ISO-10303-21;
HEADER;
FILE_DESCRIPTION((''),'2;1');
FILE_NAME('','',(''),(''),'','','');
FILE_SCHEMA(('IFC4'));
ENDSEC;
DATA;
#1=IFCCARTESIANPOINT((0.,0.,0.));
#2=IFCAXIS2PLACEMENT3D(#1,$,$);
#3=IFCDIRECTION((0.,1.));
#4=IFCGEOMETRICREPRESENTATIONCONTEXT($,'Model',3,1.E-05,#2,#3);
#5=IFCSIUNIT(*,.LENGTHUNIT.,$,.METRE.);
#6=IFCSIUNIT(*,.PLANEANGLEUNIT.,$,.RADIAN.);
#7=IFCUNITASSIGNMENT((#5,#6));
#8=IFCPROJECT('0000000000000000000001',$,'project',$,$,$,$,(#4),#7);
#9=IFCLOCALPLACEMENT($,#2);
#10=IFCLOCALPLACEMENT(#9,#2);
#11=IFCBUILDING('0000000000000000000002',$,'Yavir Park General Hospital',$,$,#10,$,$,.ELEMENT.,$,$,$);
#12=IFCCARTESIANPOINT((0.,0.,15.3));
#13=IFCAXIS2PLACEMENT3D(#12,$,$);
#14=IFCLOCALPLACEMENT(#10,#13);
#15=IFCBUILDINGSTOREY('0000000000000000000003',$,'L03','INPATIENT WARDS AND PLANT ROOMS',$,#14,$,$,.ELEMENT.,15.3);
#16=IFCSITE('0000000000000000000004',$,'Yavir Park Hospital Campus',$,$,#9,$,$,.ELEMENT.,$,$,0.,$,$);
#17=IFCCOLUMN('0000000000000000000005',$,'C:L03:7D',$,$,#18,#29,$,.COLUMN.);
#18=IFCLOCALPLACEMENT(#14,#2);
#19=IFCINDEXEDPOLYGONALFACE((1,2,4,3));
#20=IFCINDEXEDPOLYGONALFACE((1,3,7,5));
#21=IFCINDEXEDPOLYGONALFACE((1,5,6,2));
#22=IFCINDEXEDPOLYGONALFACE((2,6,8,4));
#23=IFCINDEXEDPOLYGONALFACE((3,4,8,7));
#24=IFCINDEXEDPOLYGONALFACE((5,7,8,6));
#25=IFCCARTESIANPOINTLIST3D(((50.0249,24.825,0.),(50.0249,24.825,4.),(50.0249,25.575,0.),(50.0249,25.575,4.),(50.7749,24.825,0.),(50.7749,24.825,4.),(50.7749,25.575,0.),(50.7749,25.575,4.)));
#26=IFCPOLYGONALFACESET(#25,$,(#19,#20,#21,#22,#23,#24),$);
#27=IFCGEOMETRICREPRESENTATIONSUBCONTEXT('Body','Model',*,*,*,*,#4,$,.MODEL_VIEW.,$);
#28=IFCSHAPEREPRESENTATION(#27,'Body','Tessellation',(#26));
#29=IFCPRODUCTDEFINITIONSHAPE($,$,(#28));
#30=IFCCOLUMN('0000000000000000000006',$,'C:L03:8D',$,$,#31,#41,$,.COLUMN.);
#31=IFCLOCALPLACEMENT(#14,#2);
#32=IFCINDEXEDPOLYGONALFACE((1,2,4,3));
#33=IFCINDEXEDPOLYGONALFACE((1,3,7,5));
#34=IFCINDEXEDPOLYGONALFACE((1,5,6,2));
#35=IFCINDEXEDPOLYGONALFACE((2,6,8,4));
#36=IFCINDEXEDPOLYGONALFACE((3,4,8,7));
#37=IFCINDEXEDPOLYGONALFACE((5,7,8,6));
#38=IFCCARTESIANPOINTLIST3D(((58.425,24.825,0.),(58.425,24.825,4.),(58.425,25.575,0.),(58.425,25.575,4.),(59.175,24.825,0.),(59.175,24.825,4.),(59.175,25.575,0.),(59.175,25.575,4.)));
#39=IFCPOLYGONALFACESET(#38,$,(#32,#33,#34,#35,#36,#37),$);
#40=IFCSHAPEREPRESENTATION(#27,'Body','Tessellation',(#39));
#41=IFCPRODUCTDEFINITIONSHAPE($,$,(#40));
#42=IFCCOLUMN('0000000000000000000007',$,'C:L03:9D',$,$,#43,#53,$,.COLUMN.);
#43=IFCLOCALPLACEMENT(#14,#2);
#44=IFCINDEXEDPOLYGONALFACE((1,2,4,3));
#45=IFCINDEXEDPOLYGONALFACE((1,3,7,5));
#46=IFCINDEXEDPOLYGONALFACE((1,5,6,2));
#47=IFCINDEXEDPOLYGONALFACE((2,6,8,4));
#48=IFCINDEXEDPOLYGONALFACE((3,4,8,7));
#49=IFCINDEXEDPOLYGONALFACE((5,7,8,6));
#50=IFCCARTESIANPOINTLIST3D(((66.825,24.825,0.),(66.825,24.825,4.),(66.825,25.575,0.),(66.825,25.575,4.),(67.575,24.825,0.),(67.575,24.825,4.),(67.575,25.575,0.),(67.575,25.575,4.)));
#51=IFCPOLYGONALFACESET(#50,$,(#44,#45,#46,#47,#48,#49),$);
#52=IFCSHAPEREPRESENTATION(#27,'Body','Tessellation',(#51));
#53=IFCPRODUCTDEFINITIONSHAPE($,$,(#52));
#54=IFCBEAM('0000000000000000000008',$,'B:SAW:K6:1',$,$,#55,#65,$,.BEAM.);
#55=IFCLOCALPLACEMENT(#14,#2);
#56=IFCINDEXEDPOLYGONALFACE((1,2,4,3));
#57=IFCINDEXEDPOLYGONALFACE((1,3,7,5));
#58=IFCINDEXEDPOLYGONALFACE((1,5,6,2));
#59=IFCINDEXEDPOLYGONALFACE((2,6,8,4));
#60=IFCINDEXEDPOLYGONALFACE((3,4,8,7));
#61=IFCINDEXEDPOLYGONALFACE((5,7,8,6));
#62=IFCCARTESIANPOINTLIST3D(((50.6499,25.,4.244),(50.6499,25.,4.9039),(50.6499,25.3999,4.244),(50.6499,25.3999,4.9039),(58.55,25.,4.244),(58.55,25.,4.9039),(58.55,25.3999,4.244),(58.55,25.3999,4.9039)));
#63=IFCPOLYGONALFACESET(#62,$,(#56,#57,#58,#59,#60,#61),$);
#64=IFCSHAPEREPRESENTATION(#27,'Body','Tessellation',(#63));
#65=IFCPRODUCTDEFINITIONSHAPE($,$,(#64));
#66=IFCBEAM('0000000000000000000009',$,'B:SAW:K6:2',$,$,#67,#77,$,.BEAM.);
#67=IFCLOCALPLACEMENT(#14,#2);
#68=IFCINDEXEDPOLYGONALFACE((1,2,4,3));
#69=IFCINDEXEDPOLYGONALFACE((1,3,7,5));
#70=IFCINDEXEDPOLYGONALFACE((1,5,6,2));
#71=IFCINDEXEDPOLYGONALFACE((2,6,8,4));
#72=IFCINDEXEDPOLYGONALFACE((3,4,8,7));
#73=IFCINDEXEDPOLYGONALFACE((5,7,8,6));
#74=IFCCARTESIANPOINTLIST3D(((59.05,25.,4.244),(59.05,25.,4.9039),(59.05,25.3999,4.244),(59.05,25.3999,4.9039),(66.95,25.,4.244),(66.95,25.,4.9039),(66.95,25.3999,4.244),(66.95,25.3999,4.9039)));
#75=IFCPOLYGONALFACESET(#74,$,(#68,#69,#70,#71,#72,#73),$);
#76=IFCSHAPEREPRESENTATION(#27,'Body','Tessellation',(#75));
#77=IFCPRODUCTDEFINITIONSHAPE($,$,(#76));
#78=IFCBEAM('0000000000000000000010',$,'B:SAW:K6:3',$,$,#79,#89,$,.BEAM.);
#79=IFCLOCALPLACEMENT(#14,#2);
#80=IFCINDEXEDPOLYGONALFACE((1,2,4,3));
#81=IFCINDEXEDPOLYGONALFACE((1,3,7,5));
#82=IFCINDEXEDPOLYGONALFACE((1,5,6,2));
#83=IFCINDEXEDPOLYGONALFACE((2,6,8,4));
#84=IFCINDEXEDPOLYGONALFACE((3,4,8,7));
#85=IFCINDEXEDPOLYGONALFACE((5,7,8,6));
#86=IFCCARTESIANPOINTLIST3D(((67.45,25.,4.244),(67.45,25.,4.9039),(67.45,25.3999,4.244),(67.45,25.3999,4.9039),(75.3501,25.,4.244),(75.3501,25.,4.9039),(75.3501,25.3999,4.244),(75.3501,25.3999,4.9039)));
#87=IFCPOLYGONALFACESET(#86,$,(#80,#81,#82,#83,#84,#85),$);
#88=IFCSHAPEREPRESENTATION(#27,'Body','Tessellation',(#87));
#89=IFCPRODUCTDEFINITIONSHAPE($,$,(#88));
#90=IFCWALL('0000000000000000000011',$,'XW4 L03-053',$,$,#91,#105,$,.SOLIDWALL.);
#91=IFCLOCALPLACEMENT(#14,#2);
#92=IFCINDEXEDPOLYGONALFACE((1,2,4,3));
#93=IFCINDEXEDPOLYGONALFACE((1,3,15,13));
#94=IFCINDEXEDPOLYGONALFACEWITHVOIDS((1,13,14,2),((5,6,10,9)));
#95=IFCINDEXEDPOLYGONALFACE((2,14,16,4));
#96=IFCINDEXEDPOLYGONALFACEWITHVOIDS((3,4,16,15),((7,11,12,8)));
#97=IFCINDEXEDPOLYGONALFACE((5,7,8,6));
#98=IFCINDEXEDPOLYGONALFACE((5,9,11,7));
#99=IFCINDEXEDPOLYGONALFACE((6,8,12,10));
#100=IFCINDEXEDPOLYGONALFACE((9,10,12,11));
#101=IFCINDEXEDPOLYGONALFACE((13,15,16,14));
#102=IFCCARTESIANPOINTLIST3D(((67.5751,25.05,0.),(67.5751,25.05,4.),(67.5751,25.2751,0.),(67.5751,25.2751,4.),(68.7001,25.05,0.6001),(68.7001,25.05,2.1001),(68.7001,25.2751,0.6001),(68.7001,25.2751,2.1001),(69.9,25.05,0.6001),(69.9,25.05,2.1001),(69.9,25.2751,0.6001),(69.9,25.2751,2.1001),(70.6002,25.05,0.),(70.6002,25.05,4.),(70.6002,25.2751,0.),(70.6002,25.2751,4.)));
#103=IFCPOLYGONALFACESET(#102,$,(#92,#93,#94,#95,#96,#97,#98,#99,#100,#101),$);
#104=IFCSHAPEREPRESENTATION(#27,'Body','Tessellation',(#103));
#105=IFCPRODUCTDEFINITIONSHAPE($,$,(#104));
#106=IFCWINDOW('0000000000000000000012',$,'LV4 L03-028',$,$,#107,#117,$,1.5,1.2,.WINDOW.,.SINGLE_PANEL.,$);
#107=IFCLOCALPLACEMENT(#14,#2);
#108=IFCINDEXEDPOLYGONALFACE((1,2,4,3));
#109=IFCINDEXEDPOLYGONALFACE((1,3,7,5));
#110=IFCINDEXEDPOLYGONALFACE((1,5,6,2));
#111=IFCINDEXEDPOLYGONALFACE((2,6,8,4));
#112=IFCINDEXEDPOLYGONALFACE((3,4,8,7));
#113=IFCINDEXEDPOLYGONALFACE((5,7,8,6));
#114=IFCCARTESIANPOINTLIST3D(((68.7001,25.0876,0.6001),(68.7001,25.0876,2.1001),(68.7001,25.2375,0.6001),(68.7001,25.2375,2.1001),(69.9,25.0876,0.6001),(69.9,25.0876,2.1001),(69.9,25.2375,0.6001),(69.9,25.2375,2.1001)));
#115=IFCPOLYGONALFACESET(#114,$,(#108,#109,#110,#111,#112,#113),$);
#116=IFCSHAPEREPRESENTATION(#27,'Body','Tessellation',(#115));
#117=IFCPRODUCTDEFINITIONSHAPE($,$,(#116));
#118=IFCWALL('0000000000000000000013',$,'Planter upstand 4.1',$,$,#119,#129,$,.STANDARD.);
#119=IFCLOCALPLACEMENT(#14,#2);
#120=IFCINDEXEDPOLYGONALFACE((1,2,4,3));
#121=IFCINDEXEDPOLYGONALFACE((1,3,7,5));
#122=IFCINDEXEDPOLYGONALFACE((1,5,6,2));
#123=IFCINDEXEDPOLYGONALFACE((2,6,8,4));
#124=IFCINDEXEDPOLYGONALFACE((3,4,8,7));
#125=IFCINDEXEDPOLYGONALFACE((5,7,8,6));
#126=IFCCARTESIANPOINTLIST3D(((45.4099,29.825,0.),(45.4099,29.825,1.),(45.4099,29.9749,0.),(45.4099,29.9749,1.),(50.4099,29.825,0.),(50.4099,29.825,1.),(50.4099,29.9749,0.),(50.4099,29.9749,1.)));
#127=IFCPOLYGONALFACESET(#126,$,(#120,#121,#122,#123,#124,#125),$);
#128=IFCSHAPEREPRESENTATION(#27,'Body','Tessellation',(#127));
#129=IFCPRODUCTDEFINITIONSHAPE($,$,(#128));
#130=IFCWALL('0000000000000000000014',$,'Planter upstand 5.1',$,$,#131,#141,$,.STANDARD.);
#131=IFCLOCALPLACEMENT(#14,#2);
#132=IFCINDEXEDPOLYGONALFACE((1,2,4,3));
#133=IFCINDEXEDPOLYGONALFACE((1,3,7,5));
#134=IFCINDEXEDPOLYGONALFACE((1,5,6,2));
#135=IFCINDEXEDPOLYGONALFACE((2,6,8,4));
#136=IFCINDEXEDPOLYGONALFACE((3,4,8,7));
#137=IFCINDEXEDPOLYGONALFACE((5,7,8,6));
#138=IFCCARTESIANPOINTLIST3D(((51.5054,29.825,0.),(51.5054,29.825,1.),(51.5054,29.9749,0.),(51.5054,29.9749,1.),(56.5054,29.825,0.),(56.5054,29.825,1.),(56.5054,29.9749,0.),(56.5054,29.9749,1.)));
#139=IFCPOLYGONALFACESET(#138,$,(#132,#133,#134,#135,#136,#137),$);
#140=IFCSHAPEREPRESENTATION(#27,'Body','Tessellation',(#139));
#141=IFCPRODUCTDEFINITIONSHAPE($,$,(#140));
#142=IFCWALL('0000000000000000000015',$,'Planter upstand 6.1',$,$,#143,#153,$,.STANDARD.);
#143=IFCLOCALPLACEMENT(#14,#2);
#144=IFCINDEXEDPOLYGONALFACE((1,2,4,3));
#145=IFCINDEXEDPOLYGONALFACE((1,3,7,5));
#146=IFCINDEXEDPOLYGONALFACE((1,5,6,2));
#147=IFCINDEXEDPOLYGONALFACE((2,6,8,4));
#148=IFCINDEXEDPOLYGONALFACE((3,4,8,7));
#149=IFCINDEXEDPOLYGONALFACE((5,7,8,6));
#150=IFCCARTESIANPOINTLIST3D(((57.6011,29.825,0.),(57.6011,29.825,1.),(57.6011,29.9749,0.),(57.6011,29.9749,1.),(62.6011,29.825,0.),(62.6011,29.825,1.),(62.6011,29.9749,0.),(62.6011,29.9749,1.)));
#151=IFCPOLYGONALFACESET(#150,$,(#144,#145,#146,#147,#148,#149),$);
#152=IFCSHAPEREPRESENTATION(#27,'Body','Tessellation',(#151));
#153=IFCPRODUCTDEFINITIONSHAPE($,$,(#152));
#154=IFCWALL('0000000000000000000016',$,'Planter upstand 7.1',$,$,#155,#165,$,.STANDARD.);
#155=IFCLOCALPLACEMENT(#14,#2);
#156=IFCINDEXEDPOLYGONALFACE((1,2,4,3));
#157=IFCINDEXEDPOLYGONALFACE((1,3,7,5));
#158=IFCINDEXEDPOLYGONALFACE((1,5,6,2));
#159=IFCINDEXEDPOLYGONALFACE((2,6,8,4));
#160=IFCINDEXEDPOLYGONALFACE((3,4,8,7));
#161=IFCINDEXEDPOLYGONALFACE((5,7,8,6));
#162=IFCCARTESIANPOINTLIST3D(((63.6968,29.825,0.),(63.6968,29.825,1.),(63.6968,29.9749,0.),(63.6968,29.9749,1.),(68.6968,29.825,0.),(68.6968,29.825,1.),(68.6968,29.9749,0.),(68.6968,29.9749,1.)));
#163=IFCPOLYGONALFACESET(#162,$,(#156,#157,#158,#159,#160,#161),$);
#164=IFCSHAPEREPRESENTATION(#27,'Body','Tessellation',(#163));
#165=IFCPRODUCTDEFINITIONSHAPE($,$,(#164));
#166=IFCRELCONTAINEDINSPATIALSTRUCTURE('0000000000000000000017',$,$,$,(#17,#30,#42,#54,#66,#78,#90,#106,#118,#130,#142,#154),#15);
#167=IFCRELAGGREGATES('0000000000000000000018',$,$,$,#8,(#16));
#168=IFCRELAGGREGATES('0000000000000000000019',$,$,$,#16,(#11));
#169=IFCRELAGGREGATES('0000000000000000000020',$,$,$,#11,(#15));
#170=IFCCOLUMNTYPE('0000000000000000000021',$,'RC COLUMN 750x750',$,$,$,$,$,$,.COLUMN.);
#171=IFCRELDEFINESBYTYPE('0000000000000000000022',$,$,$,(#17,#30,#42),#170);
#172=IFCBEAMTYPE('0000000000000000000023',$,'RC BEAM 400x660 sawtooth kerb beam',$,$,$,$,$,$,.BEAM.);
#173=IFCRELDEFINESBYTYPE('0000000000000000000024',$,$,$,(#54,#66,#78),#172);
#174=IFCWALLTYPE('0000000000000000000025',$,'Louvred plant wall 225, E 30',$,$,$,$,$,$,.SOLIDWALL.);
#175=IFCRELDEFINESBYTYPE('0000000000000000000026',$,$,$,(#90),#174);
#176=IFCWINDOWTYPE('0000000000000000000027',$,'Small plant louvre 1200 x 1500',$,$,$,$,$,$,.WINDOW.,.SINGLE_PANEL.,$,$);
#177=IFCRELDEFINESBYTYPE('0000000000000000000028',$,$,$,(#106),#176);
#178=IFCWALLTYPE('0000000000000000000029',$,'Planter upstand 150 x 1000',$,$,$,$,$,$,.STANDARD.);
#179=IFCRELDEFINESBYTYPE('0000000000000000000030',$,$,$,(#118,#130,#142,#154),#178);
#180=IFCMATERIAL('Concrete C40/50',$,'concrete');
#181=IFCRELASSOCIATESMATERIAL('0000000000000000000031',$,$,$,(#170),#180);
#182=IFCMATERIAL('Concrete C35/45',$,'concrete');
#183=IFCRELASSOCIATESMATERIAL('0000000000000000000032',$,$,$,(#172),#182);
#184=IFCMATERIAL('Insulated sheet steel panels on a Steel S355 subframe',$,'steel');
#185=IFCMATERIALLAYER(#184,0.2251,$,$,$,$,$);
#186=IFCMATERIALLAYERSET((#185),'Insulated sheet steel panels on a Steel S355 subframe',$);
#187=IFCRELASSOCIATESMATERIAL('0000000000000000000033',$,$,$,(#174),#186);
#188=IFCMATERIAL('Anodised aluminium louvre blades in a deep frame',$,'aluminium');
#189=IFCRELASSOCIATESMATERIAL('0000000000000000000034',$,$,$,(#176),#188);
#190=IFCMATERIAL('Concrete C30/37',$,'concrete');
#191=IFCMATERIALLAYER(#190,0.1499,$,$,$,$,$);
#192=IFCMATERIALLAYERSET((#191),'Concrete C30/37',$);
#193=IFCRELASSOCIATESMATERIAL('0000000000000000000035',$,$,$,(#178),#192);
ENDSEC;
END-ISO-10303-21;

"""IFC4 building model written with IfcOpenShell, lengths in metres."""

from ifc_helpers import new_model, si_unit, direction, frame, frame_2d, origin, origin_2d, place, context, subcontext, project, spatial, rectangle, extrude, material, layer, layer_set, material_profile, profile_set, type_object, element, fill, save


model = new_model("IFC4")

# Units and contexts
model_context = context("Model", 3, precision=1e-05, world=origin(), true_north=direction((0.0, 1.0)))
body_context = subcontext(model_context, "Body", "Model", "MODEL_VIEW")
ifc_project = project(units=[si_unit("LENGTHUNIT", "METRE"), si_unit("PLANEANGLEUNIT", "RADIAN")], contexts=[model_context])

# Site, building, storey
site_placement = place(None, origin())
site = spatial("IfcSite", under=ifc_project, at=site_placement, Name="Yavir Park Hospital Campus", CompositionType="ELEMENT", RefElevation=0.0)
building_placement = place(site_placement, origin())
building = spatial("IfcBuilding", under=site, at=building_placement, Name="Yavir Park General Hospital", CompositionType="ELEMENT")
storey_placement = place(building_placement, frame((0.0, 0.0, 15.3)))
storey = spatial("IfcBuildingStorey", under=building, at=storey_placement, Name="L03", Description="INPATIENT WARDS AND PLANT ROOMS", CompositionType="ELEMENT", Elevation=15.3)

# Columns
ifc_material_1 = material(Name="Concrete C40/50", Category="concrete")
ifc_material_profile_1 = material_profile(ifc_material_1, rectangle(XDim=0.75, YDim=0.75, at=origin_2d()), Name="RC750x750")
ifc_profile_set_1 = profile_set([ifc_material_profile_1], Name="Concrete C40/50")
column_type = type_object("IfcColumnType", Name="RC COLUMN 750x750", PredefinedType="COLUMN", material=ifc_profile_set_1)
for number, where, z_axis, x_axis, name in (
    (1, (50.3999, 25.2, 0.0), (0.0, 0.0, 1.0), (1.0, 0.0, 0.0), "C:L03:7D"),
    (2, (58.8, 25.2, 0.0), (0.0, 0.0, 1.0), (1.0, 0.0, 0.0), "C:L03:8D"),
    (3, (67.2, 25.2, 0.0), (0.0, 0.0, 1.0), (1.0, 0.0, 0.0), "C:L03:9D"),
):
    element("IfcColumn", number, at=place(storey_placement, frame(where, z_axis=z_axis, x_axis=x_axis)), inside=storey, type_object=column_type, Name=name, PredefinedType="COLUMN", context=body_context, shape_type="SweptSolid", body=[
        extrude(rectangle(XDim=0.75, YDim=0.75, at=origin_2d()), origin(), (0.0, 0.0, 1.0), 4.0),
    ])

# Beams
ifc_material_2 = material(Name="Concrete C35/45", Category="concrete")
ifc_material_profile_2 = material_profile(ifc_material_2, rectangle(XDim=0.3999, YDim=0.6599, at=origin_2d()), Name="RC400x660")
ifc_profile_set_2 = profile_set([ifc_material_profile_2], Name="Concrete C35/45")
beam_type = type_object("IfcBeamType", Name="RC BEAM 400x660 sawtooth kerb beam", PredefinedType="BEAM", material=ifc_profile_set_2)
beam_1_placement = place(storey_placement, frame((50.6499, 25.2, 4.574), z_axis=(1.0, 0.0, 0.0), x_axis=(0.0, 1.0, 0.0)))
element("IfcBeam", 4, at=beam_1_placement, inside=storey, type_object=beam_type, Name="B:SAW:K6:1", PredefinedType="BEAM", context=body_context, shape_type="SweptSolid", body=[
    extrude(rectangle(XDim=0.3999, YDim=0.6599, at=origin_2d()), origin(), (0.0, 0.0, 1.0), 7.9001),
])
beam_2_placement = place(storey_placement, frame((59.05, 25.2, 4.574), z_axis=(1.0, 0.0, 0.0), x_axis=(0.0, 1.0, 0.0)))
element("IfcBeam", 5, at=beam_2_placement, inside=storey, type_object=beam_type, Name="B:SAW:K6:2", PredefinedType="BEAM", context=body_context, shape_type="SweptSolid", body=[
    extrude(rectangle(XDim=0.3999, YDim=0.6599, at=origin_2d()), origin(), (0.0, 0.0, 1.0), 7.8999),
])
beam_3_placement = place(storey_placement, frame((67.45, 25.2, 4.574), z_axis=(1.0, 0.0, 0.0), x_axis=(0.0, 1.0, 0.0)))
element("IfcBeam", 6, at=beam_3_placement, inside=storey, type_object=beam_type, Name="B:SAW:K6:3", PredefinedType="BEAM", context=body_context, shape_type="SweptSolid", body=[
    extrude(rectangle(XDim=0.3999, YDim=0.6599, at=origin_2d()), origin(), (0.0, 0.0, 1.0), 7.9001),
])

# Wall, opening, window
ifc_material_3 = material(Name="Insulated sheet steel panels on a Steel S355 subframe", Category="steel")
ifc_layer_1 = layer(ifc_material_3, 0.2251)
ifc_layer_set_1 = layer_set([ifc_layer_1], Name="Insulated sheet steel panels on a Steel S355 subframe")
wall_type_1 = type_object("IfcWallType", Name="Louvred plant wall 225, E 30", PredefinedType="SOLIDWALL", material=ifc_layer_set_1)
wall_placement = place(storey_placement, frame((67.575, 25.1626, 0.0), z_axis=(0.0, 0.0, 1.0), x_axis=(1.0, 0.0, 0.0)))
wall = element("IfcWall", 7, at=wall_placement, inside=storey, type_object=wall_type_1, Name="XW4 L03-053", PredefinedType="SOLIDWALL", context=body_context, shape_type="SweptSolid", body=[
    extrude(rectangle(XDim=3.0251, YDim=0.2251, at=frame_2d((1.5127, 0.0))), origin(), (0.0, 0.0, 1.0), 4.0),
])
opening_placement = place(wall_placement, frame((1.125, 0.0, 0.6001)))
opening = element("IfcOpeningElement", 8, at=opening_placement, cuts=wall, PredefinedType="OPENING", context=body_context, shape_type="SweptSolid", body=[
    extrude(rectangle(XDim=1.2, YDim=1.5, at=frame_2d((0.6001, 0.75))), frame((0.0, 0.1226, 0.0), z_axis=(0.0, -1.0, 0.0), x_axis=(1.0, 0.0, 0.0)), (0.0, 0.0, 1.0), 0.2451),
])
ifc_material_4 = material(Name="Anodised aluminium louvre blades in a deep frame", Category="aluminium")
window_type = type_object("IfcWindowType", Name="Small plant louvre 1200 x 1500", PartitioningType="SINGLE_PANEL", PredefinedType="WINDOW", material=ifc_material_4)
window_placement = place(opening_placement, origin())
window = element("IfcWindow", 9, at=window_placement, inside=storey, type_object=window_type, Name="LV4 L03-028", OverallHeight=1.5, OverallWidth=1.2, PartitioningType="SINGLE_PANEL", PredefinedType="WINDOW", context=body_context, shape_type="SweptSolid", body=[
    extrude(rectangle(XDim=1.2, YDim=1.5, at=frame_2d((0.6001, 0.75))), frame((0.0, 0.075, 0.0), z_axis=(0.0, -1.0, 0.0), x_axis=(1.0, 0.0, 0.0)), (0.0, 0.0, 1.0), 0.1499),
])
fill(opening, window)

# Walls
ifc_material_5 = material(Name="Concrete C30/37", Category="concrete")
ifc_layer_2 = layer(ifc_material_5, 0.1499)
ifc_layer_set_2 = layer_set([ifc_layer_2], Name="Concrete C30/37")
wall_type_2 = type_object("IfcWallType", Name="Planter upstand 150 x 1000", PredefinedType="STANDARD", material=ifc_layer_set_2)
for number, where, z_axis, x_axis, name in (
    (10, (45.4099, 29.8999, 0.0), (0.0, 0.0, 1.0), (1.0, 0.0, 0.0), "Planter upstand 4.1"),
    (11, (51.5054, 29.8999, 0.0), (0.0, 0.0, 1.0), (1.0, 0.0, 0.0), "Planter upstand 5.1"),
    (12, (57.6011, 29.8999, 0.0), (0.0, 0.0, 1.0), (1.0, 0.0, 0.0), "Planter upstand 6.1"),
    (13, (63.6968, 29.8999, 0.0), (0.0, 0.0, 1.0), (1.0, 0.0, 0.0), "Planter upstand 7.1"),
):
    element("IfcWall", number, at=place(storey_placement, frame(where, z_axis=z_axis, x_axis=x_axis)), inside=storey, type_object=wall_type_2, Name=name, PredefinedType="STANDARD", context=body_context, shape_type="SweptSolid", body=[
        extrude(rectangle(XDim=5.0, YDim=0.1499, at=frame_2d((2.5, 0.0))), origin(), (0.0, 0.0, 1.0), 1.0),
    ])

save(model, "model.ifc")
